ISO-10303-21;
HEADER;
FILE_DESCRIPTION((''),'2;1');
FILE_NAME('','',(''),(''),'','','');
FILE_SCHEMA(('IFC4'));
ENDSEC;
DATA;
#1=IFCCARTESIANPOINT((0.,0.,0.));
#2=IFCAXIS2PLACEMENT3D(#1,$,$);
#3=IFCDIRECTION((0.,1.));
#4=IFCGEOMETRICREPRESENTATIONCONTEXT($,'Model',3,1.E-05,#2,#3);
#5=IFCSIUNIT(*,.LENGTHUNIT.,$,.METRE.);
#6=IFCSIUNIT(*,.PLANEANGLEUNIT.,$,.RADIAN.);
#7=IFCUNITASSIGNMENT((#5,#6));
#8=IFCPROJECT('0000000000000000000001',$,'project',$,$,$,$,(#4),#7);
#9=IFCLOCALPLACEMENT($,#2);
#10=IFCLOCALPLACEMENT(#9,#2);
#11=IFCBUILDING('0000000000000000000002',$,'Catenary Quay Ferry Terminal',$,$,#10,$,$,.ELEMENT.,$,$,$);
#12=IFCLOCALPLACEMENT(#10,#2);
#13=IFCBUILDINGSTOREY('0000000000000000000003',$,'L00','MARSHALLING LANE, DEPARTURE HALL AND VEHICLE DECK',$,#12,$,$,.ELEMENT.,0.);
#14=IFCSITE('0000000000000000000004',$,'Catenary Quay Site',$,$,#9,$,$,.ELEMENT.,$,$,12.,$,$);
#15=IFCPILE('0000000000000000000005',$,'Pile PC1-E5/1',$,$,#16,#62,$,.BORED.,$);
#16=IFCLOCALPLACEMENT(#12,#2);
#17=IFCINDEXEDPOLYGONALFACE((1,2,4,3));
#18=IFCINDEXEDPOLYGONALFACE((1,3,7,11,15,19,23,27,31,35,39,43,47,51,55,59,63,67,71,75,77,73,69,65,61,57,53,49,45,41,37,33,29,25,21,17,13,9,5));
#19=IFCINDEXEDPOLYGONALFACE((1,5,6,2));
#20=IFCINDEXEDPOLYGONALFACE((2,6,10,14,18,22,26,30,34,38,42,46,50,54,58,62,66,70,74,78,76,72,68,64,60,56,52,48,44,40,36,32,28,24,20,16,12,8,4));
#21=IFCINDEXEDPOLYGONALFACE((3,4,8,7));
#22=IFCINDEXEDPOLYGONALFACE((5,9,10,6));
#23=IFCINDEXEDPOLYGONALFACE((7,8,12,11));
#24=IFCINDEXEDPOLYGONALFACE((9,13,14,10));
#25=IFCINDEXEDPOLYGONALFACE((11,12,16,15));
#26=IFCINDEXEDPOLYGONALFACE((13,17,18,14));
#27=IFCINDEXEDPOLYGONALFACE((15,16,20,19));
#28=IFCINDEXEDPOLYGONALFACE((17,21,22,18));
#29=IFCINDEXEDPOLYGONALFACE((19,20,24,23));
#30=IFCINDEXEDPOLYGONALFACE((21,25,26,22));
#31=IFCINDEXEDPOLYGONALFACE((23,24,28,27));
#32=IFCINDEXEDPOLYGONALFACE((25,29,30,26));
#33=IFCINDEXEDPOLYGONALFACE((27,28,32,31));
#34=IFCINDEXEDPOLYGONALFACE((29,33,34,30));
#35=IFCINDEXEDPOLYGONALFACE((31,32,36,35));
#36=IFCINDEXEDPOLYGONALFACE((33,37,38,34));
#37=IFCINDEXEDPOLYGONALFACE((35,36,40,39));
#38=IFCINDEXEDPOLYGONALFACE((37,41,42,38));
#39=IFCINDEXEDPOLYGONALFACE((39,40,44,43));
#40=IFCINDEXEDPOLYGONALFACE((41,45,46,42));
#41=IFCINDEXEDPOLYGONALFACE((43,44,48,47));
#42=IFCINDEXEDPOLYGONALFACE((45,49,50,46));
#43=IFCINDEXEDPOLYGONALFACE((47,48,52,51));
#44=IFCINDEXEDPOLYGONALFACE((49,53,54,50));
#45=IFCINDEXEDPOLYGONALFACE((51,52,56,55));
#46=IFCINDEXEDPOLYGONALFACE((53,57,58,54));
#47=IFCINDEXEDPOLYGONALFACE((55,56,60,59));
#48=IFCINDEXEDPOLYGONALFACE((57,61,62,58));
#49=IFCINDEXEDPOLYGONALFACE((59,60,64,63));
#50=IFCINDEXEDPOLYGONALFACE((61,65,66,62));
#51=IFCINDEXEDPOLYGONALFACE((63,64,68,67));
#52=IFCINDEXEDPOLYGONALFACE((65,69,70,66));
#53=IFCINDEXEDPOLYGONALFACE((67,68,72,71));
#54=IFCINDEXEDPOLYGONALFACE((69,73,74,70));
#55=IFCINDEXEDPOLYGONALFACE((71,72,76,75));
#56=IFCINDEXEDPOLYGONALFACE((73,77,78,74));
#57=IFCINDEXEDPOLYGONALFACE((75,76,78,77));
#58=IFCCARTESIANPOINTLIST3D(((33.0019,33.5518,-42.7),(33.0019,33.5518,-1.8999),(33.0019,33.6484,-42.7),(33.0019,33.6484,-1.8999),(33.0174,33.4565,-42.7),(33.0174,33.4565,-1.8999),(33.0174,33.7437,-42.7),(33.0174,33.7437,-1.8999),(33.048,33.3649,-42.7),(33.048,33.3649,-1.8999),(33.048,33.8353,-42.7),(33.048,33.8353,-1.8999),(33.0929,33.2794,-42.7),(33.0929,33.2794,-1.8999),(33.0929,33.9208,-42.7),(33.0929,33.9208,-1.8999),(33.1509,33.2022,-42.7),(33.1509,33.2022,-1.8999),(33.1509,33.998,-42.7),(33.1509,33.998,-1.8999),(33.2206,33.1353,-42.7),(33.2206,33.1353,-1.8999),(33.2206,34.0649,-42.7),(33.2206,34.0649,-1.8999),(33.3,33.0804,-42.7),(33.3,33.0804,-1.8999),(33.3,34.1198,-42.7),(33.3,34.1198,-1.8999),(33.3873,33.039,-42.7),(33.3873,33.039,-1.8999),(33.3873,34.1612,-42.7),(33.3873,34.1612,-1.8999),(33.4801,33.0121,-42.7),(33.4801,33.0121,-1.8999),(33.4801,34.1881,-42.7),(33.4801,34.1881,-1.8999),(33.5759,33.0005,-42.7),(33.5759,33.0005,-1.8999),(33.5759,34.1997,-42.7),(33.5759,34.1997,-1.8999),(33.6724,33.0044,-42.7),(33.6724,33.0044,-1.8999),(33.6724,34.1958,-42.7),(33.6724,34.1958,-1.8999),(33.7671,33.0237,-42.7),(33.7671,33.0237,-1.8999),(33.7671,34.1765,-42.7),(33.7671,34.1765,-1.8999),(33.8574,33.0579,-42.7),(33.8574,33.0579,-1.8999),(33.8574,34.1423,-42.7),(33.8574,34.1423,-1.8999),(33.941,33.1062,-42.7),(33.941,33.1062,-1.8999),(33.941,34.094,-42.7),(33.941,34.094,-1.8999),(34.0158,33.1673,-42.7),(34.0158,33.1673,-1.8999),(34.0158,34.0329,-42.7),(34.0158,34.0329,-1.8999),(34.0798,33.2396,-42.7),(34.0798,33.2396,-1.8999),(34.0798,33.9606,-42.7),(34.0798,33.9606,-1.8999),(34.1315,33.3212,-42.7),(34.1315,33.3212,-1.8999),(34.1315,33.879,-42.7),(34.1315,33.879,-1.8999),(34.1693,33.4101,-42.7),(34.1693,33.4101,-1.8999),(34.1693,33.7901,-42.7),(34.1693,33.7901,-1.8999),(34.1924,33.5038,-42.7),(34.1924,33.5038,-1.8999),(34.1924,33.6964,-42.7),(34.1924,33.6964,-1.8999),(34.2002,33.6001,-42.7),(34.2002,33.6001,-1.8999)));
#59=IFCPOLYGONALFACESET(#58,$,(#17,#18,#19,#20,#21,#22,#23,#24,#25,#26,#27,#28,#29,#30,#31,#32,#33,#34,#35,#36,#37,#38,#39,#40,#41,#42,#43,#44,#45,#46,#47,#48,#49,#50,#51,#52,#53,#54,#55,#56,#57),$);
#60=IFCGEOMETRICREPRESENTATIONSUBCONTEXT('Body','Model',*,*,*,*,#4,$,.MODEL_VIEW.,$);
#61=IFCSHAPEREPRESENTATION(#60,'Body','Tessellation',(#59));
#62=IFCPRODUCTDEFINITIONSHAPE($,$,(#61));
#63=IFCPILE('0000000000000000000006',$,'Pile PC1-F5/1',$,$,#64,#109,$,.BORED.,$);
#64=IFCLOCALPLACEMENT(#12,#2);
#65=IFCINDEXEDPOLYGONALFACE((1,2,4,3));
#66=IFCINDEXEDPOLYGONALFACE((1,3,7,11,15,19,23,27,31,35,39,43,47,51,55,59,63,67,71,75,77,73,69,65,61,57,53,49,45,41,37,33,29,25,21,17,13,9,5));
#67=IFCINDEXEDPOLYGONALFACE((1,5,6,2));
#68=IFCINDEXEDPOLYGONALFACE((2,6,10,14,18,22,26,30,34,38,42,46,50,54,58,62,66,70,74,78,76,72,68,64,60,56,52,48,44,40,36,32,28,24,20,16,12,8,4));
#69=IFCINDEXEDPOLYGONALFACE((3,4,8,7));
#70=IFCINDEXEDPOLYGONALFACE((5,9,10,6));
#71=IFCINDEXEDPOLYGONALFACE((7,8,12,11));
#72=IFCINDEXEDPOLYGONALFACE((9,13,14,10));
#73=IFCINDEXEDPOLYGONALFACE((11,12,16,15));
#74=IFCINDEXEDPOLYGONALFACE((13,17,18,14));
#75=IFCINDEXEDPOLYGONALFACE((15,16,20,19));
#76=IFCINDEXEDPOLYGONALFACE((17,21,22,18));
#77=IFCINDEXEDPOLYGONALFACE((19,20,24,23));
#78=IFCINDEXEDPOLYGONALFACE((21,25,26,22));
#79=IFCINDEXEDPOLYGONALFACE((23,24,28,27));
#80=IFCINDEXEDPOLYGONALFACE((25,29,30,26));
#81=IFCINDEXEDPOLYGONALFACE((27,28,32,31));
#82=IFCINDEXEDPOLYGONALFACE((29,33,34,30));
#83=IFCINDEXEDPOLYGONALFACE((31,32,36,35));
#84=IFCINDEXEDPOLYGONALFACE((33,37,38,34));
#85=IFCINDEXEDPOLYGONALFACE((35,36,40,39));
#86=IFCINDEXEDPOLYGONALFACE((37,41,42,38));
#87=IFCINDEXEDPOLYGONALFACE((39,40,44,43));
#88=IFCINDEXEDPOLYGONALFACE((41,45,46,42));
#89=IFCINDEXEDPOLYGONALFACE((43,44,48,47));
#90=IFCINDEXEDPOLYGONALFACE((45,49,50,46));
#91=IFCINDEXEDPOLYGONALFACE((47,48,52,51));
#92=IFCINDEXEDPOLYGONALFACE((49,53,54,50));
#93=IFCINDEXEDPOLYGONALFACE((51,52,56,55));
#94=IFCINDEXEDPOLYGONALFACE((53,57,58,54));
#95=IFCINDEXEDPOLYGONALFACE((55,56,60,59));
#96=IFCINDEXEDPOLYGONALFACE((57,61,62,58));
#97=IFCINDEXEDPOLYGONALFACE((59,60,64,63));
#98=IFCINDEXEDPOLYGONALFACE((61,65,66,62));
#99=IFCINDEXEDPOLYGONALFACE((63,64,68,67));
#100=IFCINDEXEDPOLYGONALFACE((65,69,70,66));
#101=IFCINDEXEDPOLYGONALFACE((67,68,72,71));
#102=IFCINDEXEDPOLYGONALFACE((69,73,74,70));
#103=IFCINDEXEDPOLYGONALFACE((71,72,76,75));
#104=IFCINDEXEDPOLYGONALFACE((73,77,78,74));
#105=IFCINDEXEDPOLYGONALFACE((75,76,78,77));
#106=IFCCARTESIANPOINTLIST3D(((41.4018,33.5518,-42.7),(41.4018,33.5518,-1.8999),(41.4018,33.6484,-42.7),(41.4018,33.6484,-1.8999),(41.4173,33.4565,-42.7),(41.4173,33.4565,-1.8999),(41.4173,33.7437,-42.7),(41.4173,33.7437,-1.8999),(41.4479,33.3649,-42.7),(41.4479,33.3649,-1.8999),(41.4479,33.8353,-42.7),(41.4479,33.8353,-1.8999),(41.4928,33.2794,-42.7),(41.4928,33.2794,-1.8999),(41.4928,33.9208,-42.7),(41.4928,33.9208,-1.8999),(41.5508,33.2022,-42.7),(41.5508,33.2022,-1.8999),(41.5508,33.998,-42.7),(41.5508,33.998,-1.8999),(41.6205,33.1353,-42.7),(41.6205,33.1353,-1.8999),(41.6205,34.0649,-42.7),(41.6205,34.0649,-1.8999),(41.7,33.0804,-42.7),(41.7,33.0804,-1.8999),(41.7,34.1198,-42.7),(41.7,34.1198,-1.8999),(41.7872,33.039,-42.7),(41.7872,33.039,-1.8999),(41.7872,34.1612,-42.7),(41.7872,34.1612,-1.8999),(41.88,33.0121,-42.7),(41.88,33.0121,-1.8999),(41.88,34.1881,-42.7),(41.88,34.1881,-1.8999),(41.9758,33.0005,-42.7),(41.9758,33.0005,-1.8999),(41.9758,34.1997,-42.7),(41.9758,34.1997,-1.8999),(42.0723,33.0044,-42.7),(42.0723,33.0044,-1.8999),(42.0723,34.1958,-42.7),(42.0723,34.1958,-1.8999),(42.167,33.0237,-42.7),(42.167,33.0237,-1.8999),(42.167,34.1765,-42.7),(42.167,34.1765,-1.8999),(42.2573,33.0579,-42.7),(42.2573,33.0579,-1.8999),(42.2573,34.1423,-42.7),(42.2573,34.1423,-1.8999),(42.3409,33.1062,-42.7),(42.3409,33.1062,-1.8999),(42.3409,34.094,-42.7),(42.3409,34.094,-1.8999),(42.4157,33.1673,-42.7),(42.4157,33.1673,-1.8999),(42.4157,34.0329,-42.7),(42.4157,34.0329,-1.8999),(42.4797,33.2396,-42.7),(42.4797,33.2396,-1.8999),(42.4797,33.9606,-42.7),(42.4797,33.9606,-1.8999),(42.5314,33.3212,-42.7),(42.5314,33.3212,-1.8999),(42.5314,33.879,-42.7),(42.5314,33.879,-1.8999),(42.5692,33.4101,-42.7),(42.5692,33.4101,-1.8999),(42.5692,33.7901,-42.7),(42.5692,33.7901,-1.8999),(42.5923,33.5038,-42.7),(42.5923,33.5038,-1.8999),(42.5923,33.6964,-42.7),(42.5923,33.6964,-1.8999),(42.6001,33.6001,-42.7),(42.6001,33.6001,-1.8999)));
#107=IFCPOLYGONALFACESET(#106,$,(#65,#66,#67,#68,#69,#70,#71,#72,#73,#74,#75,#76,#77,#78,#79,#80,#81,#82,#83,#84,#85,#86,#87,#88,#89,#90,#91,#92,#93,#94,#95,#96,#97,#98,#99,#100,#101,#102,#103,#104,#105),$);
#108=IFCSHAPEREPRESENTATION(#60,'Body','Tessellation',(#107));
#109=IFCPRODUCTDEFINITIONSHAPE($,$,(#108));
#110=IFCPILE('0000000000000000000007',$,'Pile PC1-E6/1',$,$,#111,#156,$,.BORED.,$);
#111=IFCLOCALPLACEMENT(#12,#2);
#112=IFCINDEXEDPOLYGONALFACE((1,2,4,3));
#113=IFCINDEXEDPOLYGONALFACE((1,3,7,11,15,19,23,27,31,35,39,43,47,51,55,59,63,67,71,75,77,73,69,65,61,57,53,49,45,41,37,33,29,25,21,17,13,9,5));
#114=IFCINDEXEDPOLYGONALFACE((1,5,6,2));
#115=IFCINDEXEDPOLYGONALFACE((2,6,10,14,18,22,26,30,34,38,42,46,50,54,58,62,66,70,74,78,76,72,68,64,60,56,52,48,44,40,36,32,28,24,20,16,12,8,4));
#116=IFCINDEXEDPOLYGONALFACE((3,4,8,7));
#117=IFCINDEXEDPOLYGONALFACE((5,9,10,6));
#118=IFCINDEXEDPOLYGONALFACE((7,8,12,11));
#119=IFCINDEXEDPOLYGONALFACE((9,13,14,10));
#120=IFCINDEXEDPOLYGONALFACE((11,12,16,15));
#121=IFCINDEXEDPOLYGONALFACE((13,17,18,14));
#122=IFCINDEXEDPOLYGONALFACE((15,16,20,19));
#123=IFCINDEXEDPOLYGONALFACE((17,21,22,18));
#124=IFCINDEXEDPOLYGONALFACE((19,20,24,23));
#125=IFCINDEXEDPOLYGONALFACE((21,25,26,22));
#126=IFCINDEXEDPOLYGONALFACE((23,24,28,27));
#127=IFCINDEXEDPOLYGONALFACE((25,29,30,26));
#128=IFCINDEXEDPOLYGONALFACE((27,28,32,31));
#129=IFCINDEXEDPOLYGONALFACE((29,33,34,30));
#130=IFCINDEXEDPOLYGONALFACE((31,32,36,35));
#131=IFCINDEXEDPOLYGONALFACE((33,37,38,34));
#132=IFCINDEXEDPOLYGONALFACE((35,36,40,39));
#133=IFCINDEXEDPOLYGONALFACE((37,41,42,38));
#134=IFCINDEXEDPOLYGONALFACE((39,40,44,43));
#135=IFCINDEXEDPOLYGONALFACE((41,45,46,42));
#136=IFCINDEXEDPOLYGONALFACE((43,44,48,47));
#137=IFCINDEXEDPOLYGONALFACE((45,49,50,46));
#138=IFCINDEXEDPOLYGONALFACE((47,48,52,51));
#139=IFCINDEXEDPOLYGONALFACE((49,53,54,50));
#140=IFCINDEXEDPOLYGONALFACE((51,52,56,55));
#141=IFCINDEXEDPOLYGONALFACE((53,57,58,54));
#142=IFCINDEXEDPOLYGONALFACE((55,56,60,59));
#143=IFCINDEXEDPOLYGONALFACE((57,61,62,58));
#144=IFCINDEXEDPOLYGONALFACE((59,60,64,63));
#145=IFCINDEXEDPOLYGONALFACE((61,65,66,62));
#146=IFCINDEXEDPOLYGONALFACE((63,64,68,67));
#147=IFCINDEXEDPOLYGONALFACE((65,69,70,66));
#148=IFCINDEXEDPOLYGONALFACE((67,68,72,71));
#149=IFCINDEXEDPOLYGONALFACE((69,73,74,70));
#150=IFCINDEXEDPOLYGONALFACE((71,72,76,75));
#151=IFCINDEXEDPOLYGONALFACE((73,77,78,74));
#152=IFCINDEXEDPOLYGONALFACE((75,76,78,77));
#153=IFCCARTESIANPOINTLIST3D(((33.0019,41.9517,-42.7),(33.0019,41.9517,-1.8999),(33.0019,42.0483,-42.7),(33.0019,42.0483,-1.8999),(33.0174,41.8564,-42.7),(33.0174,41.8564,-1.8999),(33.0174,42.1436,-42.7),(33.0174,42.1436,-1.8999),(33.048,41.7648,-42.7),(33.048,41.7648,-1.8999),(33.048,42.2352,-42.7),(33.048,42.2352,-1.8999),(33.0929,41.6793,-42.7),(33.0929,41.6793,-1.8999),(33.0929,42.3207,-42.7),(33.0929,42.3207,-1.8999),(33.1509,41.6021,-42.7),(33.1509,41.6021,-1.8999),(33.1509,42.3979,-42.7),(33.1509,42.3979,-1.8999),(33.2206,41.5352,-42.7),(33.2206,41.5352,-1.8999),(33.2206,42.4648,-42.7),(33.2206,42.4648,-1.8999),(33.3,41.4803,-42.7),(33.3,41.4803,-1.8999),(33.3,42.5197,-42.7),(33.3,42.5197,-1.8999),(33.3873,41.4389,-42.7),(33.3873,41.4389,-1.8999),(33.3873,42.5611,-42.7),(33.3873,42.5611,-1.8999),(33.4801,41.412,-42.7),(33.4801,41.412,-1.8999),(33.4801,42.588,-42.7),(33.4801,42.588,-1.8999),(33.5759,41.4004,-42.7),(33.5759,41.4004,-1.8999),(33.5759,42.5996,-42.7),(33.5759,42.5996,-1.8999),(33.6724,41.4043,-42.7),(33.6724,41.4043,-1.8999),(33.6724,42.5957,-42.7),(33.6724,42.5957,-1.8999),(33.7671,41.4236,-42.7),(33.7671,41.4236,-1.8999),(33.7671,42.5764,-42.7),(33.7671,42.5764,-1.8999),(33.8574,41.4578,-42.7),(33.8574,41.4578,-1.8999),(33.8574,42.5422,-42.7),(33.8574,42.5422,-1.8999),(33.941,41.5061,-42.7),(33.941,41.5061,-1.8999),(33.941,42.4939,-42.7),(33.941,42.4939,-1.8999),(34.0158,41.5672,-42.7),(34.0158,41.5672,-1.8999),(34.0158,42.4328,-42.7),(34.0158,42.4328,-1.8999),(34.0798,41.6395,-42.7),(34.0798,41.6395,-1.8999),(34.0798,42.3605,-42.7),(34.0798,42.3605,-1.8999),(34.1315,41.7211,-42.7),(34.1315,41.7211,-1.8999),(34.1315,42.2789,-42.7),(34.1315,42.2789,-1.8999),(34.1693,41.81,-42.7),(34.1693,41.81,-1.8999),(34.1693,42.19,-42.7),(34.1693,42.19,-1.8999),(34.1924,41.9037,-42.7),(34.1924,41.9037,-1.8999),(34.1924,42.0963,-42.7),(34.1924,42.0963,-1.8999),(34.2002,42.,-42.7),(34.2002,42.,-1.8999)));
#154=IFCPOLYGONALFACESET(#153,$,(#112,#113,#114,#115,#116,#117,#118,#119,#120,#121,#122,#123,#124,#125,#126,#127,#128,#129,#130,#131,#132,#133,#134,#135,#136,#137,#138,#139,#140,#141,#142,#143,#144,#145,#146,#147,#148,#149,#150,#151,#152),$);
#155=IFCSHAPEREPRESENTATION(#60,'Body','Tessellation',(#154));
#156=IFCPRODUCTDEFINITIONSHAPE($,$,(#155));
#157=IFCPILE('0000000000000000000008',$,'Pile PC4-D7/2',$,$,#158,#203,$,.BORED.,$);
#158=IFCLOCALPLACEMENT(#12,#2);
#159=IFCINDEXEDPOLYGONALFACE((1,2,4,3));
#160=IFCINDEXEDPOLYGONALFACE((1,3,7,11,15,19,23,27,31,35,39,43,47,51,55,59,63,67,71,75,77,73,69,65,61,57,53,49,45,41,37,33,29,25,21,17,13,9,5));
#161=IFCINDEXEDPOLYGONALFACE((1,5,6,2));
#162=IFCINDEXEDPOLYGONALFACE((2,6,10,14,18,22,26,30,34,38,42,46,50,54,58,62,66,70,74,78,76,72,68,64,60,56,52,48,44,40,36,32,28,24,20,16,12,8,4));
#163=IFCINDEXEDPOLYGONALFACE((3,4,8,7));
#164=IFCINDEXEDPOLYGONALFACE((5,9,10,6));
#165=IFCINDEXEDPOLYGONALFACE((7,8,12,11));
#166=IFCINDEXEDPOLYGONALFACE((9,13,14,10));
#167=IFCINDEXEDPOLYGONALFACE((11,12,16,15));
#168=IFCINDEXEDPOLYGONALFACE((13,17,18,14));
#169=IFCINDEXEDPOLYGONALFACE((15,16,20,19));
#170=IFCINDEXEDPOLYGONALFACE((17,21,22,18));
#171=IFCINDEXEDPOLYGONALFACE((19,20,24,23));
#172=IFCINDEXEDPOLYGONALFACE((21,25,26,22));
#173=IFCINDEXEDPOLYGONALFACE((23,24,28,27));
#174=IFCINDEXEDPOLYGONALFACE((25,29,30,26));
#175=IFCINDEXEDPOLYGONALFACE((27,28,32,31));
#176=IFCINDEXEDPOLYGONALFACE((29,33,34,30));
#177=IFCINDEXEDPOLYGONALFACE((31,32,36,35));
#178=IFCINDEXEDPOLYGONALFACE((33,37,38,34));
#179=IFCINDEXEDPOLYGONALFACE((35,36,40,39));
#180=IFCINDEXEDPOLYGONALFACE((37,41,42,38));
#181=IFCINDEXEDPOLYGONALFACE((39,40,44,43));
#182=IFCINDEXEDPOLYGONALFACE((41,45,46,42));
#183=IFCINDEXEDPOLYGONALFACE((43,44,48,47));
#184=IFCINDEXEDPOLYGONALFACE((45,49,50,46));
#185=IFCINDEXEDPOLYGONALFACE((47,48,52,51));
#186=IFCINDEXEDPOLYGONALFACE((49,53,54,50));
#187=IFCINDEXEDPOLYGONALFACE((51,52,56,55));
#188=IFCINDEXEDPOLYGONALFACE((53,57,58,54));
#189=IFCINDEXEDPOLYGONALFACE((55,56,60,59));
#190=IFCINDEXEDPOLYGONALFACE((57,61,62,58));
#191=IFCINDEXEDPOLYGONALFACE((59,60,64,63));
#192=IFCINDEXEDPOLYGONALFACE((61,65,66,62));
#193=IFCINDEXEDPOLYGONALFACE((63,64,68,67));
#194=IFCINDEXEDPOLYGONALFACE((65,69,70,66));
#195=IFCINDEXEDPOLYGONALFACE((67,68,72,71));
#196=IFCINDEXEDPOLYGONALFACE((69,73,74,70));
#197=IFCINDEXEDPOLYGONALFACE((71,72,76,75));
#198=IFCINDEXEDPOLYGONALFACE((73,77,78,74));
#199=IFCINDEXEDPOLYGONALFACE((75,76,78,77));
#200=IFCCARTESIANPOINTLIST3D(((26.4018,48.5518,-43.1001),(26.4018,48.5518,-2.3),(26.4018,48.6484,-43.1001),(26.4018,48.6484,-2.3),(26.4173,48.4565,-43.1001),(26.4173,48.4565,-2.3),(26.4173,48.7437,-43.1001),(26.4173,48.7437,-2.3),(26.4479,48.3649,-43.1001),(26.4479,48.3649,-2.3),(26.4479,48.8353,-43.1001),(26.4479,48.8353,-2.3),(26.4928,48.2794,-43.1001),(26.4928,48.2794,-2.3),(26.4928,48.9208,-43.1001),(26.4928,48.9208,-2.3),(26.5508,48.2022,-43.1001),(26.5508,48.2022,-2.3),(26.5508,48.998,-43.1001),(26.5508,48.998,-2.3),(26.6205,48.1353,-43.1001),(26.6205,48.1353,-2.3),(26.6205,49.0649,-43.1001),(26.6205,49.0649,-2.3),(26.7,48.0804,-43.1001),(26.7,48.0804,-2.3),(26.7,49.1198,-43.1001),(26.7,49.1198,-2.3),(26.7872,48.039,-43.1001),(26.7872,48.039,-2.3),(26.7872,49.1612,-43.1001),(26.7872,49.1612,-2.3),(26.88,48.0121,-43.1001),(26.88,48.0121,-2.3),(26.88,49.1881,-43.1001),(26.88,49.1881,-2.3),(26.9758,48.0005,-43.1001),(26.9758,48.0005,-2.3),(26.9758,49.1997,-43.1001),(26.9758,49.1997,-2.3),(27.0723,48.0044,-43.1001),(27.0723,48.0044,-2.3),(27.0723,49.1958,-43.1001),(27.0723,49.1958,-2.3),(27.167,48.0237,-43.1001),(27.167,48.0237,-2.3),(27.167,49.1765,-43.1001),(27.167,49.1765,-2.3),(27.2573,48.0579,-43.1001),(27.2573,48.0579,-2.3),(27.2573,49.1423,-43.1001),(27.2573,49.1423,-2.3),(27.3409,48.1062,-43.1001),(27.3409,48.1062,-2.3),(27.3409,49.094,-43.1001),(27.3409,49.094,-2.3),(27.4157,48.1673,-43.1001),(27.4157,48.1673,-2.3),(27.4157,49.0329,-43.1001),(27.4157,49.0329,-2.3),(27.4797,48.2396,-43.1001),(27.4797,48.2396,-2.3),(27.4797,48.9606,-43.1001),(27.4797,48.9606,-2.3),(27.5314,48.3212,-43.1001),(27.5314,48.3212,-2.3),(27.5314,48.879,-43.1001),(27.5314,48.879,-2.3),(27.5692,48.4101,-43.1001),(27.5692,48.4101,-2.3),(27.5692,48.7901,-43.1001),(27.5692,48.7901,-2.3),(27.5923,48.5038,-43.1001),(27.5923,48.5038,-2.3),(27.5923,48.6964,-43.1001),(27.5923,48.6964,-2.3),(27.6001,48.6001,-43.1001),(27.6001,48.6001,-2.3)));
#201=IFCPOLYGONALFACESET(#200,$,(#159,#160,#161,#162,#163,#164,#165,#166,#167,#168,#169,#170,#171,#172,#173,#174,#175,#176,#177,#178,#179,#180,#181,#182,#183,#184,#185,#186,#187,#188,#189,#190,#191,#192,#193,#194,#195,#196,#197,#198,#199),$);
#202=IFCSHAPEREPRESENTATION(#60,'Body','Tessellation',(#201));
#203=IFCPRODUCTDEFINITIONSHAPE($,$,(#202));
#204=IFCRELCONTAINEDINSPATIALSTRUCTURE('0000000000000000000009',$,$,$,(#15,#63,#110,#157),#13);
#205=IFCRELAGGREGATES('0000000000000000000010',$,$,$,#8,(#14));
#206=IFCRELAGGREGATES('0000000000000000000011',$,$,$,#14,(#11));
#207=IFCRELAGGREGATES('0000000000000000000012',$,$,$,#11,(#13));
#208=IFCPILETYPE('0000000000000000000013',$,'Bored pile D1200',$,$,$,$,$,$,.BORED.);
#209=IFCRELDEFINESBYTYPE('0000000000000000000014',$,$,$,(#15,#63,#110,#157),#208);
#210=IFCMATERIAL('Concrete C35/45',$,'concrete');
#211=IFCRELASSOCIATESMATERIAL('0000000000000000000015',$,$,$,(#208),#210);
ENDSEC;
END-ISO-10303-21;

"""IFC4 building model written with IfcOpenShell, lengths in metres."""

from ifc_helpers import new_model, si_unit, direction, frame, origin, origin_2d, place, context, subcontext, project, spatial, circle, extrude, material, material_profile, profile_set, type_object, element, save


model = new_model("IFC4")

# Units and contexts
model_context = context("Model", 3, precision=1e-05, world=origin(), true_north=direction((0.0, 1.0)))
body_context = subcontext(model_context, "Body", "Model", "MODEL_VIEW")
ifc_project = project(units=[si_unit("LENGTHUNIT", "METRE"), si_unit("PLANEANGLEUNIT", "RADIAN")], contexts=[model_context])

# Site, building, storey
site_placement = place(None, origin())
site = spatial("IfcSite", under=ifc_project, at=site_placement, Name="Catenary Quay Site", CompositionType="ELEMENT", RefElevation=12.0)
building_placement = place(site_placement, origin())
building = spatial("IfcBuilding", under=site, at=building_placement, Name="Catenary Quay Ferry Terminal", CompositionType="ELEMENT")
storey_placement = place(building_placement, origin())
storey = spatial("IfcBuildingStorey", under=building, at=storey_placement, Name="L00", Description="MARSHALLING LANE, DEPARTURE HALL AND VEHICLE DECK", CompositionType="ELEMENT", Elevation=0.0)

# Piles
ifc_material_1 = material(Name="Concrete C35/45", Category="concrete")
ifc_material_profile_1 = material_profile(ifc_material_1, circle(Radius=0.6001, at=origin_2d()), Name="D1200")
ifc_profile_set_1 = profile_set([ifc_material_profile_1], Name="Concrete C35/45")
pile_type = type_object("IfcPileType", Name="Bored pile D1200", PredefinedType="BORED", material=ifc_profile_set_1)
for number, where, z_axis, x_axis, name in (
    (1, (33.6001, 33.6001, -1.8999), (0.0, 0.0, -1.0), (1.0, 0.0, 0.0), "Pile PC1-E5/1"),
    (2, (42.0, 33.6001, -1.8999), (0.0, 0.0, -1.0), (1.0, 0.0, 0.0), "Pile PC1-F5/1"),
    (3, (33.6001, 42.0, -1.8999), (0.0, 0.0, -1.0), (1.0, 0.0, 0.0), "Pile PC1-E6/1"),
    (4, (27.0, 48.6001, -2.3), (0.0, 0.0, -1.0), (1.0, 0.0, 0.0), "Pile PC4-D7/2"),
):
    element("IfcPile", number, at=place(storey_placement, frame(where, z_axis=z_axis, x_axis=x_axis)), inside=storey, type_object=pile_type, Name=name, PredefinedType="BORED", context=body_context, shape_type="SweptSolid", body=[
        extrude(circle(Radius=0.6001, at=origin_2d()), origin(), (0.0, 0.0, 1.0), 40.8),
    ])

save(model, "model.ifc")
